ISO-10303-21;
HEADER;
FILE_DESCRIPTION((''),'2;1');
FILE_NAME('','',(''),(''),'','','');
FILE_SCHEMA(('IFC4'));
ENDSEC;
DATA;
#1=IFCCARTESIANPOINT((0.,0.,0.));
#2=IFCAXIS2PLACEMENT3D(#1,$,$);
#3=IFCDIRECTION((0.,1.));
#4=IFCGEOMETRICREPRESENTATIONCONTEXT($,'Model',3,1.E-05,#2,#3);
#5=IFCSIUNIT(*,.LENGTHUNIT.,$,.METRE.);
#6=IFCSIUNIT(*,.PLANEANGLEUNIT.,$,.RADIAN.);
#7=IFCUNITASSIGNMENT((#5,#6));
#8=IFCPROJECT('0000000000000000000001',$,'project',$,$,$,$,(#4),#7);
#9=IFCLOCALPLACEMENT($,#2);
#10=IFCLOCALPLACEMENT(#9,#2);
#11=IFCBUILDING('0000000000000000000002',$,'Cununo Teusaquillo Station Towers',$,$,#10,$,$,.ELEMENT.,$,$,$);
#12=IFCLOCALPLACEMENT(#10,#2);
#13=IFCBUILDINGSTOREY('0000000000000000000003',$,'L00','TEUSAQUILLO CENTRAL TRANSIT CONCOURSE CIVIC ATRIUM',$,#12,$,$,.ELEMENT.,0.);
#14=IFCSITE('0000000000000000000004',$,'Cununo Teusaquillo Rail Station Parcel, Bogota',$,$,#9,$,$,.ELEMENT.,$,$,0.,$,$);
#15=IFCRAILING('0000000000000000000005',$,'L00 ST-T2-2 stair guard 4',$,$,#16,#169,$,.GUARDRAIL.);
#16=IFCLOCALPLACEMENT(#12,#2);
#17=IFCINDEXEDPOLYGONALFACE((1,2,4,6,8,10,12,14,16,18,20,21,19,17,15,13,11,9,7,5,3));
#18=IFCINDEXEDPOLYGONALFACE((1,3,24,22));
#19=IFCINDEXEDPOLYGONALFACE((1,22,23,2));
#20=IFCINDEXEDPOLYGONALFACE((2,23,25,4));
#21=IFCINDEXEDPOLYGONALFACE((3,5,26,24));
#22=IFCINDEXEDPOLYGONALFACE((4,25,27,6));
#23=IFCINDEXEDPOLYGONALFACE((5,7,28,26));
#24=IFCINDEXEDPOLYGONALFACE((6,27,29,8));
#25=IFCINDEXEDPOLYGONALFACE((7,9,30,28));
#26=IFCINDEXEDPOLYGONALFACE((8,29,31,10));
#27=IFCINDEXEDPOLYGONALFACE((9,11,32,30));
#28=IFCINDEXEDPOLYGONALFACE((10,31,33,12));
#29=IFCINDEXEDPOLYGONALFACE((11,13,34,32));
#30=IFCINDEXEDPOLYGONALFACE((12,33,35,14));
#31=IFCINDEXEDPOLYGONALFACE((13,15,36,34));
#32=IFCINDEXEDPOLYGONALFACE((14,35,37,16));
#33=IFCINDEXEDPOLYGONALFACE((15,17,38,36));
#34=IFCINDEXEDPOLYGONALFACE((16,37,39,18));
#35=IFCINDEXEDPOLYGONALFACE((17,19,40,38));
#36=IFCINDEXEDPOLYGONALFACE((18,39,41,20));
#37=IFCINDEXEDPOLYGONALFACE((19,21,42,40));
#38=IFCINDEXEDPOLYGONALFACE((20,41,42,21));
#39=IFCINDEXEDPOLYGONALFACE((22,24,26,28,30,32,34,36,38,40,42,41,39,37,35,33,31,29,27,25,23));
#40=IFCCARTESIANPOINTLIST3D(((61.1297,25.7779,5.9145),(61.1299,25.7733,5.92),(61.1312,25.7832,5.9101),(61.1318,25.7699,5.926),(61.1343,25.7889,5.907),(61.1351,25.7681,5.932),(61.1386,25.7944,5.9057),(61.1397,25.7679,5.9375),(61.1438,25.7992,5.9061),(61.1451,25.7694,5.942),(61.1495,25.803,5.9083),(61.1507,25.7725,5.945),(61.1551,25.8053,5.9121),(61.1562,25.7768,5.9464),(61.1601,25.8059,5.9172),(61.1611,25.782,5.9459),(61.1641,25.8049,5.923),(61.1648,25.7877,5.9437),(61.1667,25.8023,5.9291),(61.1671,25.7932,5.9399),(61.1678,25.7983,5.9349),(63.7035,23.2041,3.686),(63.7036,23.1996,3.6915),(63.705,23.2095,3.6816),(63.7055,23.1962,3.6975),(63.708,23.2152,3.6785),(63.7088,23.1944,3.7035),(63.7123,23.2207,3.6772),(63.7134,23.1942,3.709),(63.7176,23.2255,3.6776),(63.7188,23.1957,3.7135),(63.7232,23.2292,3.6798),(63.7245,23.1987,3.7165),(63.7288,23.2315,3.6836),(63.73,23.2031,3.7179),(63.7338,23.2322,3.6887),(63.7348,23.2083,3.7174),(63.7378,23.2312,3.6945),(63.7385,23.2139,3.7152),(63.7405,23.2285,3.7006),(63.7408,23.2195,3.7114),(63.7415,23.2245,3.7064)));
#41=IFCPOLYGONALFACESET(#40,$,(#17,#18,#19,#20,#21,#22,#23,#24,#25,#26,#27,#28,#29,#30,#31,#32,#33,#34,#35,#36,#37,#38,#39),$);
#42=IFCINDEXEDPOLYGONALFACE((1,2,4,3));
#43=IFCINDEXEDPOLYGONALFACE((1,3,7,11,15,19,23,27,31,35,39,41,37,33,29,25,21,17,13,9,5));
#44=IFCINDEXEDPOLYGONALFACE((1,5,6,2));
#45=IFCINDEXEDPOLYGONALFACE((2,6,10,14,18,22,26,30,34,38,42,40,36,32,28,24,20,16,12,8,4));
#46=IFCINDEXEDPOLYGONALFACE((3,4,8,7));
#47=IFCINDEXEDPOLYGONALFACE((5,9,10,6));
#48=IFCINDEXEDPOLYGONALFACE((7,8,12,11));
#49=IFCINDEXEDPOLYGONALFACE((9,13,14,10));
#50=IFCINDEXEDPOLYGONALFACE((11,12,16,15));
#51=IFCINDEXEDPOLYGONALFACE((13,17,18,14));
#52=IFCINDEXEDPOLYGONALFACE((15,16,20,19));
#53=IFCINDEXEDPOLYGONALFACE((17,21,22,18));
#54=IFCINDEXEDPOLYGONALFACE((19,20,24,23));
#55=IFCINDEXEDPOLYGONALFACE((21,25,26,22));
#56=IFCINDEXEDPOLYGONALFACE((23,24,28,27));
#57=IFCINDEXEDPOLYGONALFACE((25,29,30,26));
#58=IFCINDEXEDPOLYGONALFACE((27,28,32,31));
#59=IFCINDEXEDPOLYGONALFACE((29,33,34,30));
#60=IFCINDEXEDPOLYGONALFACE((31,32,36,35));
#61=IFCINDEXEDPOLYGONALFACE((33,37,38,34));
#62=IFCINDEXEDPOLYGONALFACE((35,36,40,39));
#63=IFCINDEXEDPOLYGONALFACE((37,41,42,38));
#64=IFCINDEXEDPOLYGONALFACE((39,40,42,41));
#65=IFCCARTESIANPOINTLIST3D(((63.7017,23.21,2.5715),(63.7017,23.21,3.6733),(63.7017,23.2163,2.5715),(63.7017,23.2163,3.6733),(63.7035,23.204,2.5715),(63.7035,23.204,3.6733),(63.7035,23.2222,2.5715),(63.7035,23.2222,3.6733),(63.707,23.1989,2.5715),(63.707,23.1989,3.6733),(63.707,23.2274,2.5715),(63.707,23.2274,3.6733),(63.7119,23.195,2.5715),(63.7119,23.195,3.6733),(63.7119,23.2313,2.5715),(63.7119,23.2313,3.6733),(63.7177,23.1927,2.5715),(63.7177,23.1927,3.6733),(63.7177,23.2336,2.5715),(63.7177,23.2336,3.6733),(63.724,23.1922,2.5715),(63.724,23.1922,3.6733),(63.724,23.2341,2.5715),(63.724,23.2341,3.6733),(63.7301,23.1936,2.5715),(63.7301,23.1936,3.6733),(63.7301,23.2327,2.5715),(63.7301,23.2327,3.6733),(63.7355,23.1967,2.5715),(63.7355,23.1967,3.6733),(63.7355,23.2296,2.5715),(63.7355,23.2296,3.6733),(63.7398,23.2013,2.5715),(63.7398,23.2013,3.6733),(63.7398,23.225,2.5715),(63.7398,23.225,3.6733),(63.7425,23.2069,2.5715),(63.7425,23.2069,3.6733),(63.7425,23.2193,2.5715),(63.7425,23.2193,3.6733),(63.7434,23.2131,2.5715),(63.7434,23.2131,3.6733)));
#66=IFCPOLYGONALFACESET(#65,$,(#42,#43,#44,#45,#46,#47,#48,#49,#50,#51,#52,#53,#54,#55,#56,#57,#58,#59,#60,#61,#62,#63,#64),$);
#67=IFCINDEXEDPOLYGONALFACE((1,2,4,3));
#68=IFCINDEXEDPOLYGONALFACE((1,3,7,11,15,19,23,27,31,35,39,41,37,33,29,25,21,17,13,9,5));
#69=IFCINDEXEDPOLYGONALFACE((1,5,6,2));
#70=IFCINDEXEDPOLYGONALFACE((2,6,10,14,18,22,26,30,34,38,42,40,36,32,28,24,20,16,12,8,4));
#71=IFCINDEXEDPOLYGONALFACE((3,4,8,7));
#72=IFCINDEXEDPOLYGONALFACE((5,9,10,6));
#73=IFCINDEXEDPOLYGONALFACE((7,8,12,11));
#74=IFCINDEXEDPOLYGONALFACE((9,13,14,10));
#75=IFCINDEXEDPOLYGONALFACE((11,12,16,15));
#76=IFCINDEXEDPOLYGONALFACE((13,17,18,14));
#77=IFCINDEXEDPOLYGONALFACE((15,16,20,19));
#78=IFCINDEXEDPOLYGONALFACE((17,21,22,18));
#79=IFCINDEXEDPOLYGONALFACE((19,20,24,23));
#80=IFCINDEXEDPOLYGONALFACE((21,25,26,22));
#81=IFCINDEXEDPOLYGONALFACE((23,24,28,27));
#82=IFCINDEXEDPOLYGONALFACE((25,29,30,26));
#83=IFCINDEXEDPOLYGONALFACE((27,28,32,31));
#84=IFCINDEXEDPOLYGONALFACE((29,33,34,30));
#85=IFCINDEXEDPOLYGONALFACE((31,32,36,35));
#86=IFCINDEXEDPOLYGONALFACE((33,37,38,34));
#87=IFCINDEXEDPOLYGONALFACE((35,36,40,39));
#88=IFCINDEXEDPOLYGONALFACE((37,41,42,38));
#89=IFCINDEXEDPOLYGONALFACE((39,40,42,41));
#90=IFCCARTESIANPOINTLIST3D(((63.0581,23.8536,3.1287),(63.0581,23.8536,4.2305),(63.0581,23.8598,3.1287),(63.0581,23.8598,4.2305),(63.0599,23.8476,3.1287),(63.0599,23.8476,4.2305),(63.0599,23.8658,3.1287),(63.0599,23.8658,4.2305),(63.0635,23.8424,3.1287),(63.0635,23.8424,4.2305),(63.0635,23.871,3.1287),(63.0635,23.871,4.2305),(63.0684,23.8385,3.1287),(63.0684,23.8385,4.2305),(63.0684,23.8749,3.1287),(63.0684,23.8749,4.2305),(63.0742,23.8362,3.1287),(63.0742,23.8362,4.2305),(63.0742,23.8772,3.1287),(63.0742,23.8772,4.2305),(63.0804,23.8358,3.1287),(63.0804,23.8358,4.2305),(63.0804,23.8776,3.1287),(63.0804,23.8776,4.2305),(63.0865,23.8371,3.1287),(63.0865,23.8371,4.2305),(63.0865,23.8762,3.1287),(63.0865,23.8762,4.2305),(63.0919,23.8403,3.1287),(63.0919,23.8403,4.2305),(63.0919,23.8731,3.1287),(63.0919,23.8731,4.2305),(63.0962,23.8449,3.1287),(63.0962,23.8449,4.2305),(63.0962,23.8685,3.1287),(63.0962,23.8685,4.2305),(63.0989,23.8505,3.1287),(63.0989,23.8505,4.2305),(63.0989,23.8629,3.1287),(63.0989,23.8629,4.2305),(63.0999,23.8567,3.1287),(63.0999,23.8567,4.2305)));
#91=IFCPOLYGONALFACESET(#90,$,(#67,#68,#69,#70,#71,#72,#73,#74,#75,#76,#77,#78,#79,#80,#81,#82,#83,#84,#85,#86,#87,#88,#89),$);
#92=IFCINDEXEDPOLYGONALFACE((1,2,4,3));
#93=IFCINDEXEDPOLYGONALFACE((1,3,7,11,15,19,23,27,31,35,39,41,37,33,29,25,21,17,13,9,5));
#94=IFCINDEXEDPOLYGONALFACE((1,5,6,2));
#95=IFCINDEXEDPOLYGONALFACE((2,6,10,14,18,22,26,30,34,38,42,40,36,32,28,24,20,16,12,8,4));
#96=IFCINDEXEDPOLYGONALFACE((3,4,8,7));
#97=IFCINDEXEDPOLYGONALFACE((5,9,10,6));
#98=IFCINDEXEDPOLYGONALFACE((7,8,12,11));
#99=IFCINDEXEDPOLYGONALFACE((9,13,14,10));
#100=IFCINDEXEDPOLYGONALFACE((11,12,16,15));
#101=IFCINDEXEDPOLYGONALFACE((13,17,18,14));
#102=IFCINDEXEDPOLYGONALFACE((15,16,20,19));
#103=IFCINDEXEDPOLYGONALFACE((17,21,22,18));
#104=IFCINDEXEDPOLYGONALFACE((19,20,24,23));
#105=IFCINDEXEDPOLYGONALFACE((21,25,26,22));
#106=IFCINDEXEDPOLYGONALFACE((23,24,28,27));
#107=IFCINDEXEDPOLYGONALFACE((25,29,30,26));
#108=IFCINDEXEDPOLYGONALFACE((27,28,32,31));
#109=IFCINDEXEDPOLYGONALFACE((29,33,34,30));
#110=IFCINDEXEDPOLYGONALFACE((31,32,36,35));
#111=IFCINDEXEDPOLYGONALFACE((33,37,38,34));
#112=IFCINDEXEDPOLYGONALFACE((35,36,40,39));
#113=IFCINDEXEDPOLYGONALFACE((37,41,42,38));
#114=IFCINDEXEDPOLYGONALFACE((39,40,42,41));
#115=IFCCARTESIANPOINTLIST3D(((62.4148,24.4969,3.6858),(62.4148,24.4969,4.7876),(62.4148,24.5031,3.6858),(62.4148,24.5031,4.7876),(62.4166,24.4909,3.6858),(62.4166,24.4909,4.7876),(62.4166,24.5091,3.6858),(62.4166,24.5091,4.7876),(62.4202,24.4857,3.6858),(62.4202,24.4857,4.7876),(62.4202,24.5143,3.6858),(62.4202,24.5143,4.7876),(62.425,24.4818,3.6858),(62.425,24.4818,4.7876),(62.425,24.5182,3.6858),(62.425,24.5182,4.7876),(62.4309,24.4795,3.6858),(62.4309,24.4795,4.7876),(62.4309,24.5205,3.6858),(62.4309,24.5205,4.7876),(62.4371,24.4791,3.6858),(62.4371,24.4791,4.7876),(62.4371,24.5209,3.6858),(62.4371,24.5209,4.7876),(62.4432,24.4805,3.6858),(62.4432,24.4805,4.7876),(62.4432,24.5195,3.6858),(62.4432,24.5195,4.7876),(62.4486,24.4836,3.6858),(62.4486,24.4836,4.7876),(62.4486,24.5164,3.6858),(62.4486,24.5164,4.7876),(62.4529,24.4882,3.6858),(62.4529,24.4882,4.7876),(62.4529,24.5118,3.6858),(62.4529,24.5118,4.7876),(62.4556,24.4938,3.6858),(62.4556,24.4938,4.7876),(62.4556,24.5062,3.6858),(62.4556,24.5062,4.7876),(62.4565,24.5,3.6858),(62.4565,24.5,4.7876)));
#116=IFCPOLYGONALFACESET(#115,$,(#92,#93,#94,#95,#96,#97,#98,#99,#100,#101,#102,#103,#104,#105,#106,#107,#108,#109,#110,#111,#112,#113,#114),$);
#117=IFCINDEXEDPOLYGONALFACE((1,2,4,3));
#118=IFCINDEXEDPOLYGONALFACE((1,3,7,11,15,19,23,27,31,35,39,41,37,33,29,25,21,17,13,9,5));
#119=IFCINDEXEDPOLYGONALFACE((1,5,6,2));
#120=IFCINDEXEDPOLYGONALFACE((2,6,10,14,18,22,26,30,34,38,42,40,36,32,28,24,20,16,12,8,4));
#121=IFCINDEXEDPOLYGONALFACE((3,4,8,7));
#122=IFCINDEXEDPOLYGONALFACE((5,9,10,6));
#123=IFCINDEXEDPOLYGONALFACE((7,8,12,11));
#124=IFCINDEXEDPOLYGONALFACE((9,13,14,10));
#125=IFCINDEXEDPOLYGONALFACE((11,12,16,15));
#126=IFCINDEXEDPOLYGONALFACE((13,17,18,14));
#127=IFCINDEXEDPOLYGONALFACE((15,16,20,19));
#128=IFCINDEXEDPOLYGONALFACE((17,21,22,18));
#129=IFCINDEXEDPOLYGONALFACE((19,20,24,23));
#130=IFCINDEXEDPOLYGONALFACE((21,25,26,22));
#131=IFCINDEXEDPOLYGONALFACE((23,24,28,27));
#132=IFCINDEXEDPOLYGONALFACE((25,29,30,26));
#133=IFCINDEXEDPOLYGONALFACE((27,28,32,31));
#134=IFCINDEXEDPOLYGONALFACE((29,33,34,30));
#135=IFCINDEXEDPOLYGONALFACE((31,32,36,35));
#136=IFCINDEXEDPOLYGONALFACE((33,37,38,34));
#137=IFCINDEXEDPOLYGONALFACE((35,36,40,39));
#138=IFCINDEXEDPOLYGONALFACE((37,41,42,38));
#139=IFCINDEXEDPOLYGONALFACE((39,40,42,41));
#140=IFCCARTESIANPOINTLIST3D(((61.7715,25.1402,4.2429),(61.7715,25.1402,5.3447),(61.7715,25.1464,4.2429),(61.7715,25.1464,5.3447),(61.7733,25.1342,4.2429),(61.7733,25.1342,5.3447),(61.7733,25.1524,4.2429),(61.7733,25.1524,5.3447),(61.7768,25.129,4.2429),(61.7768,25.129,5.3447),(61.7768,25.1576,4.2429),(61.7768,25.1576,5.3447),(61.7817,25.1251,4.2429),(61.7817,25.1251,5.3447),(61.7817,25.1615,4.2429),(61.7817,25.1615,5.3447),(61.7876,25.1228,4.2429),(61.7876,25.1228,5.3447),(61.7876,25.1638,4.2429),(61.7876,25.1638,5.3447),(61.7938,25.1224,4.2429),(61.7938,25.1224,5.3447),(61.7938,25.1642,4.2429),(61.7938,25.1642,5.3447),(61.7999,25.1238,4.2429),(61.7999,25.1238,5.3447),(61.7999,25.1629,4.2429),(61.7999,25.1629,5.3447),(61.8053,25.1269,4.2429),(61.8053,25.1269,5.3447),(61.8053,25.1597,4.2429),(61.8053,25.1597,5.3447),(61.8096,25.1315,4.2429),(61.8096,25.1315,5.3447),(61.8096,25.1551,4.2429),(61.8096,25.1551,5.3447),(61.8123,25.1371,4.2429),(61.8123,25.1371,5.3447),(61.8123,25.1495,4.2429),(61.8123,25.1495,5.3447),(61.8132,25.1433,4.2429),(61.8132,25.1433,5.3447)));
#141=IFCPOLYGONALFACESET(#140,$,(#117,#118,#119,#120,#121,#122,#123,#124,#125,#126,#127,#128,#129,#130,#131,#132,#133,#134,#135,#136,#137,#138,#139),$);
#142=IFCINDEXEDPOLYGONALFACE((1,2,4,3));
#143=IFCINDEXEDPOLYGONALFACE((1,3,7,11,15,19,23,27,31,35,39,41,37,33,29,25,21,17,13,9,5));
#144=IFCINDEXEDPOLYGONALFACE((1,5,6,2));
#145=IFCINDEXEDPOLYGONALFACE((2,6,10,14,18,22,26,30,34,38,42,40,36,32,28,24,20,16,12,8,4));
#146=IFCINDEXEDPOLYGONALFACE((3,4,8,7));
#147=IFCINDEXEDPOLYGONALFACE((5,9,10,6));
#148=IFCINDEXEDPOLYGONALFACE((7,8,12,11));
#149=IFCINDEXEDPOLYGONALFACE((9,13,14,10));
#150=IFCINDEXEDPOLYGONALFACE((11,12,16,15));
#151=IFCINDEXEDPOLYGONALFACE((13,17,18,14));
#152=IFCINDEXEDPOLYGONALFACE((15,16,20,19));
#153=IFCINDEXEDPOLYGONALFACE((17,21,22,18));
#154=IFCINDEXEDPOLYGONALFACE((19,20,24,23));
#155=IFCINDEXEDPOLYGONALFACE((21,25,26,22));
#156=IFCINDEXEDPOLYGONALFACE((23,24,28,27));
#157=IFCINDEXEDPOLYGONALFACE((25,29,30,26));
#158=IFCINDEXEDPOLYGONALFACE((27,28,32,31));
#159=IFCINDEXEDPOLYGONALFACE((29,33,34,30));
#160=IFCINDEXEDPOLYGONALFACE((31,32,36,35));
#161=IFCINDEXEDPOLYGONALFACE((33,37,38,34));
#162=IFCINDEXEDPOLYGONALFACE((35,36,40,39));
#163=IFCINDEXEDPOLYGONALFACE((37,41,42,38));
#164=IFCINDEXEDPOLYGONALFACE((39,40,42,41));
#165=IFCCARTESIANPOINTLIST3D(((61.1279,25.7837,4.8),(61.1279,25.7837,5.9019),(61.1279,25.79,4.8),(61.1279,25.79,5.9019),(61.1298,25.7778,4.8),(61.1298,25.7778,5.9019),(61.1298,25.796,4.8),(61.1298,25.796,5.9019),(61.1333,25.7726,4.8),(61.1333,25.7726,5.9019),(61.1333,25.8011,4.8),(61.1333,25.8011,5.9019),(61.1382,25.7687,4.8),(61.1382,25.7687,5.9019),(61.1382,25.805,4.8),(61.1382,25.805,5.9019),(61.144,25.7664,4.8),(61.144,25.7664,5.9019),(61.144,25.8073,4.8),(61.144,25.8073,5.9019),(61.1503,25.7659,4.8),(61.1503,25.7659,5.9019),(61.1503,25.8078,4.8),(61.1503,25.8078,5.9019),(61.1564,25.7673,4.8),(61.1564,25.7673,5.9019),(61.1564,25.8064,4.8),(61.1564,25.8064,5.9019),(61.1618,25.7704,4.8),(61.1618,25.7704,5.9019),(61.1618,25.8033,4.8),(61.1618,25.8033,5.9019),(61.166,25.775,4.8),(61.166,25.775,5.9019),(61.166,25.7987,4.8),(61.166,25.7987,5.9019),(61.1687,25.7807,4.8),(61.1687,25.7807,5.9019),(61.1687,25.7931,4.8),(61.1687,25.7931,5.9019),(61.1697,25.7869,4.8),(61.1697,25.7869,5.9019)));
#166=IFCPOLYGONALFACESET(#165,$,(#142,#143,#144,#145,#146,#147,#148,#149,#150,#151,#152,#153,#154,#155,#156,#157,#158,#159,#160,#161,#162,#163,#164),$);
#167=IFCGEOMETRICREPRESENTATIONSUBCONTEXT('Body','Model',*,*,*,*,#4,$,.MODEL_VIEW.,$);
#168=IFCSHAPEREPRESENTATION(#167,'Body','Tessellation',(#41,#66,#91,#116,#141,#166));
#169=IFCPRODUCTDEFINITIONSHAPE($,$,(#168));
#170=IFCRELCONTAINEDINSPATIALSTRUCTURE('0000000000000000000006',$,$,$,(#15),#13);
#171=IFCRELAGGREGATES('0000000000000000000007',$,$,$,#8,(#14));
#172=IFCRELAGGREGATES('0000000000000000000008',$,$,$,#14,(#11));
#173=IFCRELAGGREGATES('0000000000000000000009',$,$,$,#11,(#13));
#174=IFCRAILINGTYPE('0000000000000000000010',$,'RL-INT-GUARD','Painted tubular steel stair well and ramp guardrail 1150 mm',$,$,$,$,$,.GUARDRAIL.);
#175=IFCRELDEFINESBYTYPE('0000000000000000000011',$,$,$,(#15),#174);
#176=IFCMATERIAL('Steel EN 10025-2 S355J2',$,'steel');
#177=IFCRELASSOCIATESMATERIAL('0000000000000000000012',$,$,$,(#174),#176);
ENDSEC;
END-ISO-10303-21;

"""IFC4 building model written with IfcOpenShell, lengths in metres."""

from ifc_helpers import new_model, si_unit, direction, frame, origin, origin_2d, place, context, subcontext, project, spatial, circle, extrude, material, type_object, element, save


model = new_model("IFC4")

# Units and contexts
model_context = context("Model", 3, precision=1e-05, world=origin(), true_north=direction((0.0, 1.0)))
body_context = subcontext(model_context, "Body", "Model", "MODEL_VIEW")
ifc_project = project(units=[si_unit("LENGTHUNIT", "METRE"), si_unit("PLANEANGLEUNIT", "RADIAN")], contexts=[model_context])

# Site, building, storey
site_placement = place(None, origin())
site = spatial("IfcSite", under=ifc_project, at=site_placement, Name="Cununo Teusaquillo Rail Station Parcel, Bogota", CompositionType="ELEMENT", RefElevation=0.0)
building_placement = place(site_placement, origin())
building = spatial("IfcBuilding", under=site, at=building_placement, Name="Cununo Teusaquillo Station Towers", CompositionType="ELEMENT")
storey_placement = place(building_placement, origin())
storey = spatial("IfcBuildingStorey", under=building, at=storey_placement, Name="L00", Description="TEUSAQUILLO CENTRAL TRANSIT CONCOURSE CIVIC ATRIUM", CompositionType="ELEMENT", Elevation=0.0)

# Railing
ifc_material_1 = material(Name="Steel EN 10025-2 S355J2", Category="steel")
railing_type_1 = type_object("IfcRailingType", Name="RL-INT-GUARD", Description="Painted tubular steel stair well and ramp guardrail 1150 mm", PredefinedType="GUARDRAIL", material=ifc_material_1)
railing_1_placement = place(storey_placement, frame((63.7224, 23.2131, 2.5715)))
element("IfcRailing", 1, at=railing_1_placement, inside=storey, type_object=railing_type_1, Name="L00 ST-T2-2 stair guard 4", PredefinedType="GUARDRAIL", context=body_context, shape_type="SweptSolid", body=[
    extrude(circle(Radius=0.0239, at=origin_2d()), frame((0.0, 0.0, 1.126), z_axis=(-0.603052, 0.603052, 0.522165), x_axis=(-0.707107, -0.707107, 0.0)), (0.0, 0.0, 1.0), 4.2678),
    extrude(circle(Radius=0.021, at=origin_2d()), origin(), (0.0, 0.0, 1.0), 1.1018),
    extrude(circle(Radius=0.021, at=origin_2d()), frame((-0.6436, 0.6436, 0.5571)), (0.0, 0.0, 1.0), 1.1018),
    extrude(circle(Radius=0.021, at=origin_2d()), frame((-1.2869, 1.2869, 1.1143)), (0.0, 0.0, 1.0), 1.1018),
    extrude(circle(Radius=0.021, at=origin_2d()), frame((-1.9302, 1.9302, 1.6714)), (0.0, 0.0, 1.0), 1.1018),
    extrude(circle(Radius=0.021, at=origin_2d()), frame((-2.5737, 2.5737, 2.2285)), (0.0, 0.0, 1.0), 1.1018),
])

save(model, "model.ifc")
